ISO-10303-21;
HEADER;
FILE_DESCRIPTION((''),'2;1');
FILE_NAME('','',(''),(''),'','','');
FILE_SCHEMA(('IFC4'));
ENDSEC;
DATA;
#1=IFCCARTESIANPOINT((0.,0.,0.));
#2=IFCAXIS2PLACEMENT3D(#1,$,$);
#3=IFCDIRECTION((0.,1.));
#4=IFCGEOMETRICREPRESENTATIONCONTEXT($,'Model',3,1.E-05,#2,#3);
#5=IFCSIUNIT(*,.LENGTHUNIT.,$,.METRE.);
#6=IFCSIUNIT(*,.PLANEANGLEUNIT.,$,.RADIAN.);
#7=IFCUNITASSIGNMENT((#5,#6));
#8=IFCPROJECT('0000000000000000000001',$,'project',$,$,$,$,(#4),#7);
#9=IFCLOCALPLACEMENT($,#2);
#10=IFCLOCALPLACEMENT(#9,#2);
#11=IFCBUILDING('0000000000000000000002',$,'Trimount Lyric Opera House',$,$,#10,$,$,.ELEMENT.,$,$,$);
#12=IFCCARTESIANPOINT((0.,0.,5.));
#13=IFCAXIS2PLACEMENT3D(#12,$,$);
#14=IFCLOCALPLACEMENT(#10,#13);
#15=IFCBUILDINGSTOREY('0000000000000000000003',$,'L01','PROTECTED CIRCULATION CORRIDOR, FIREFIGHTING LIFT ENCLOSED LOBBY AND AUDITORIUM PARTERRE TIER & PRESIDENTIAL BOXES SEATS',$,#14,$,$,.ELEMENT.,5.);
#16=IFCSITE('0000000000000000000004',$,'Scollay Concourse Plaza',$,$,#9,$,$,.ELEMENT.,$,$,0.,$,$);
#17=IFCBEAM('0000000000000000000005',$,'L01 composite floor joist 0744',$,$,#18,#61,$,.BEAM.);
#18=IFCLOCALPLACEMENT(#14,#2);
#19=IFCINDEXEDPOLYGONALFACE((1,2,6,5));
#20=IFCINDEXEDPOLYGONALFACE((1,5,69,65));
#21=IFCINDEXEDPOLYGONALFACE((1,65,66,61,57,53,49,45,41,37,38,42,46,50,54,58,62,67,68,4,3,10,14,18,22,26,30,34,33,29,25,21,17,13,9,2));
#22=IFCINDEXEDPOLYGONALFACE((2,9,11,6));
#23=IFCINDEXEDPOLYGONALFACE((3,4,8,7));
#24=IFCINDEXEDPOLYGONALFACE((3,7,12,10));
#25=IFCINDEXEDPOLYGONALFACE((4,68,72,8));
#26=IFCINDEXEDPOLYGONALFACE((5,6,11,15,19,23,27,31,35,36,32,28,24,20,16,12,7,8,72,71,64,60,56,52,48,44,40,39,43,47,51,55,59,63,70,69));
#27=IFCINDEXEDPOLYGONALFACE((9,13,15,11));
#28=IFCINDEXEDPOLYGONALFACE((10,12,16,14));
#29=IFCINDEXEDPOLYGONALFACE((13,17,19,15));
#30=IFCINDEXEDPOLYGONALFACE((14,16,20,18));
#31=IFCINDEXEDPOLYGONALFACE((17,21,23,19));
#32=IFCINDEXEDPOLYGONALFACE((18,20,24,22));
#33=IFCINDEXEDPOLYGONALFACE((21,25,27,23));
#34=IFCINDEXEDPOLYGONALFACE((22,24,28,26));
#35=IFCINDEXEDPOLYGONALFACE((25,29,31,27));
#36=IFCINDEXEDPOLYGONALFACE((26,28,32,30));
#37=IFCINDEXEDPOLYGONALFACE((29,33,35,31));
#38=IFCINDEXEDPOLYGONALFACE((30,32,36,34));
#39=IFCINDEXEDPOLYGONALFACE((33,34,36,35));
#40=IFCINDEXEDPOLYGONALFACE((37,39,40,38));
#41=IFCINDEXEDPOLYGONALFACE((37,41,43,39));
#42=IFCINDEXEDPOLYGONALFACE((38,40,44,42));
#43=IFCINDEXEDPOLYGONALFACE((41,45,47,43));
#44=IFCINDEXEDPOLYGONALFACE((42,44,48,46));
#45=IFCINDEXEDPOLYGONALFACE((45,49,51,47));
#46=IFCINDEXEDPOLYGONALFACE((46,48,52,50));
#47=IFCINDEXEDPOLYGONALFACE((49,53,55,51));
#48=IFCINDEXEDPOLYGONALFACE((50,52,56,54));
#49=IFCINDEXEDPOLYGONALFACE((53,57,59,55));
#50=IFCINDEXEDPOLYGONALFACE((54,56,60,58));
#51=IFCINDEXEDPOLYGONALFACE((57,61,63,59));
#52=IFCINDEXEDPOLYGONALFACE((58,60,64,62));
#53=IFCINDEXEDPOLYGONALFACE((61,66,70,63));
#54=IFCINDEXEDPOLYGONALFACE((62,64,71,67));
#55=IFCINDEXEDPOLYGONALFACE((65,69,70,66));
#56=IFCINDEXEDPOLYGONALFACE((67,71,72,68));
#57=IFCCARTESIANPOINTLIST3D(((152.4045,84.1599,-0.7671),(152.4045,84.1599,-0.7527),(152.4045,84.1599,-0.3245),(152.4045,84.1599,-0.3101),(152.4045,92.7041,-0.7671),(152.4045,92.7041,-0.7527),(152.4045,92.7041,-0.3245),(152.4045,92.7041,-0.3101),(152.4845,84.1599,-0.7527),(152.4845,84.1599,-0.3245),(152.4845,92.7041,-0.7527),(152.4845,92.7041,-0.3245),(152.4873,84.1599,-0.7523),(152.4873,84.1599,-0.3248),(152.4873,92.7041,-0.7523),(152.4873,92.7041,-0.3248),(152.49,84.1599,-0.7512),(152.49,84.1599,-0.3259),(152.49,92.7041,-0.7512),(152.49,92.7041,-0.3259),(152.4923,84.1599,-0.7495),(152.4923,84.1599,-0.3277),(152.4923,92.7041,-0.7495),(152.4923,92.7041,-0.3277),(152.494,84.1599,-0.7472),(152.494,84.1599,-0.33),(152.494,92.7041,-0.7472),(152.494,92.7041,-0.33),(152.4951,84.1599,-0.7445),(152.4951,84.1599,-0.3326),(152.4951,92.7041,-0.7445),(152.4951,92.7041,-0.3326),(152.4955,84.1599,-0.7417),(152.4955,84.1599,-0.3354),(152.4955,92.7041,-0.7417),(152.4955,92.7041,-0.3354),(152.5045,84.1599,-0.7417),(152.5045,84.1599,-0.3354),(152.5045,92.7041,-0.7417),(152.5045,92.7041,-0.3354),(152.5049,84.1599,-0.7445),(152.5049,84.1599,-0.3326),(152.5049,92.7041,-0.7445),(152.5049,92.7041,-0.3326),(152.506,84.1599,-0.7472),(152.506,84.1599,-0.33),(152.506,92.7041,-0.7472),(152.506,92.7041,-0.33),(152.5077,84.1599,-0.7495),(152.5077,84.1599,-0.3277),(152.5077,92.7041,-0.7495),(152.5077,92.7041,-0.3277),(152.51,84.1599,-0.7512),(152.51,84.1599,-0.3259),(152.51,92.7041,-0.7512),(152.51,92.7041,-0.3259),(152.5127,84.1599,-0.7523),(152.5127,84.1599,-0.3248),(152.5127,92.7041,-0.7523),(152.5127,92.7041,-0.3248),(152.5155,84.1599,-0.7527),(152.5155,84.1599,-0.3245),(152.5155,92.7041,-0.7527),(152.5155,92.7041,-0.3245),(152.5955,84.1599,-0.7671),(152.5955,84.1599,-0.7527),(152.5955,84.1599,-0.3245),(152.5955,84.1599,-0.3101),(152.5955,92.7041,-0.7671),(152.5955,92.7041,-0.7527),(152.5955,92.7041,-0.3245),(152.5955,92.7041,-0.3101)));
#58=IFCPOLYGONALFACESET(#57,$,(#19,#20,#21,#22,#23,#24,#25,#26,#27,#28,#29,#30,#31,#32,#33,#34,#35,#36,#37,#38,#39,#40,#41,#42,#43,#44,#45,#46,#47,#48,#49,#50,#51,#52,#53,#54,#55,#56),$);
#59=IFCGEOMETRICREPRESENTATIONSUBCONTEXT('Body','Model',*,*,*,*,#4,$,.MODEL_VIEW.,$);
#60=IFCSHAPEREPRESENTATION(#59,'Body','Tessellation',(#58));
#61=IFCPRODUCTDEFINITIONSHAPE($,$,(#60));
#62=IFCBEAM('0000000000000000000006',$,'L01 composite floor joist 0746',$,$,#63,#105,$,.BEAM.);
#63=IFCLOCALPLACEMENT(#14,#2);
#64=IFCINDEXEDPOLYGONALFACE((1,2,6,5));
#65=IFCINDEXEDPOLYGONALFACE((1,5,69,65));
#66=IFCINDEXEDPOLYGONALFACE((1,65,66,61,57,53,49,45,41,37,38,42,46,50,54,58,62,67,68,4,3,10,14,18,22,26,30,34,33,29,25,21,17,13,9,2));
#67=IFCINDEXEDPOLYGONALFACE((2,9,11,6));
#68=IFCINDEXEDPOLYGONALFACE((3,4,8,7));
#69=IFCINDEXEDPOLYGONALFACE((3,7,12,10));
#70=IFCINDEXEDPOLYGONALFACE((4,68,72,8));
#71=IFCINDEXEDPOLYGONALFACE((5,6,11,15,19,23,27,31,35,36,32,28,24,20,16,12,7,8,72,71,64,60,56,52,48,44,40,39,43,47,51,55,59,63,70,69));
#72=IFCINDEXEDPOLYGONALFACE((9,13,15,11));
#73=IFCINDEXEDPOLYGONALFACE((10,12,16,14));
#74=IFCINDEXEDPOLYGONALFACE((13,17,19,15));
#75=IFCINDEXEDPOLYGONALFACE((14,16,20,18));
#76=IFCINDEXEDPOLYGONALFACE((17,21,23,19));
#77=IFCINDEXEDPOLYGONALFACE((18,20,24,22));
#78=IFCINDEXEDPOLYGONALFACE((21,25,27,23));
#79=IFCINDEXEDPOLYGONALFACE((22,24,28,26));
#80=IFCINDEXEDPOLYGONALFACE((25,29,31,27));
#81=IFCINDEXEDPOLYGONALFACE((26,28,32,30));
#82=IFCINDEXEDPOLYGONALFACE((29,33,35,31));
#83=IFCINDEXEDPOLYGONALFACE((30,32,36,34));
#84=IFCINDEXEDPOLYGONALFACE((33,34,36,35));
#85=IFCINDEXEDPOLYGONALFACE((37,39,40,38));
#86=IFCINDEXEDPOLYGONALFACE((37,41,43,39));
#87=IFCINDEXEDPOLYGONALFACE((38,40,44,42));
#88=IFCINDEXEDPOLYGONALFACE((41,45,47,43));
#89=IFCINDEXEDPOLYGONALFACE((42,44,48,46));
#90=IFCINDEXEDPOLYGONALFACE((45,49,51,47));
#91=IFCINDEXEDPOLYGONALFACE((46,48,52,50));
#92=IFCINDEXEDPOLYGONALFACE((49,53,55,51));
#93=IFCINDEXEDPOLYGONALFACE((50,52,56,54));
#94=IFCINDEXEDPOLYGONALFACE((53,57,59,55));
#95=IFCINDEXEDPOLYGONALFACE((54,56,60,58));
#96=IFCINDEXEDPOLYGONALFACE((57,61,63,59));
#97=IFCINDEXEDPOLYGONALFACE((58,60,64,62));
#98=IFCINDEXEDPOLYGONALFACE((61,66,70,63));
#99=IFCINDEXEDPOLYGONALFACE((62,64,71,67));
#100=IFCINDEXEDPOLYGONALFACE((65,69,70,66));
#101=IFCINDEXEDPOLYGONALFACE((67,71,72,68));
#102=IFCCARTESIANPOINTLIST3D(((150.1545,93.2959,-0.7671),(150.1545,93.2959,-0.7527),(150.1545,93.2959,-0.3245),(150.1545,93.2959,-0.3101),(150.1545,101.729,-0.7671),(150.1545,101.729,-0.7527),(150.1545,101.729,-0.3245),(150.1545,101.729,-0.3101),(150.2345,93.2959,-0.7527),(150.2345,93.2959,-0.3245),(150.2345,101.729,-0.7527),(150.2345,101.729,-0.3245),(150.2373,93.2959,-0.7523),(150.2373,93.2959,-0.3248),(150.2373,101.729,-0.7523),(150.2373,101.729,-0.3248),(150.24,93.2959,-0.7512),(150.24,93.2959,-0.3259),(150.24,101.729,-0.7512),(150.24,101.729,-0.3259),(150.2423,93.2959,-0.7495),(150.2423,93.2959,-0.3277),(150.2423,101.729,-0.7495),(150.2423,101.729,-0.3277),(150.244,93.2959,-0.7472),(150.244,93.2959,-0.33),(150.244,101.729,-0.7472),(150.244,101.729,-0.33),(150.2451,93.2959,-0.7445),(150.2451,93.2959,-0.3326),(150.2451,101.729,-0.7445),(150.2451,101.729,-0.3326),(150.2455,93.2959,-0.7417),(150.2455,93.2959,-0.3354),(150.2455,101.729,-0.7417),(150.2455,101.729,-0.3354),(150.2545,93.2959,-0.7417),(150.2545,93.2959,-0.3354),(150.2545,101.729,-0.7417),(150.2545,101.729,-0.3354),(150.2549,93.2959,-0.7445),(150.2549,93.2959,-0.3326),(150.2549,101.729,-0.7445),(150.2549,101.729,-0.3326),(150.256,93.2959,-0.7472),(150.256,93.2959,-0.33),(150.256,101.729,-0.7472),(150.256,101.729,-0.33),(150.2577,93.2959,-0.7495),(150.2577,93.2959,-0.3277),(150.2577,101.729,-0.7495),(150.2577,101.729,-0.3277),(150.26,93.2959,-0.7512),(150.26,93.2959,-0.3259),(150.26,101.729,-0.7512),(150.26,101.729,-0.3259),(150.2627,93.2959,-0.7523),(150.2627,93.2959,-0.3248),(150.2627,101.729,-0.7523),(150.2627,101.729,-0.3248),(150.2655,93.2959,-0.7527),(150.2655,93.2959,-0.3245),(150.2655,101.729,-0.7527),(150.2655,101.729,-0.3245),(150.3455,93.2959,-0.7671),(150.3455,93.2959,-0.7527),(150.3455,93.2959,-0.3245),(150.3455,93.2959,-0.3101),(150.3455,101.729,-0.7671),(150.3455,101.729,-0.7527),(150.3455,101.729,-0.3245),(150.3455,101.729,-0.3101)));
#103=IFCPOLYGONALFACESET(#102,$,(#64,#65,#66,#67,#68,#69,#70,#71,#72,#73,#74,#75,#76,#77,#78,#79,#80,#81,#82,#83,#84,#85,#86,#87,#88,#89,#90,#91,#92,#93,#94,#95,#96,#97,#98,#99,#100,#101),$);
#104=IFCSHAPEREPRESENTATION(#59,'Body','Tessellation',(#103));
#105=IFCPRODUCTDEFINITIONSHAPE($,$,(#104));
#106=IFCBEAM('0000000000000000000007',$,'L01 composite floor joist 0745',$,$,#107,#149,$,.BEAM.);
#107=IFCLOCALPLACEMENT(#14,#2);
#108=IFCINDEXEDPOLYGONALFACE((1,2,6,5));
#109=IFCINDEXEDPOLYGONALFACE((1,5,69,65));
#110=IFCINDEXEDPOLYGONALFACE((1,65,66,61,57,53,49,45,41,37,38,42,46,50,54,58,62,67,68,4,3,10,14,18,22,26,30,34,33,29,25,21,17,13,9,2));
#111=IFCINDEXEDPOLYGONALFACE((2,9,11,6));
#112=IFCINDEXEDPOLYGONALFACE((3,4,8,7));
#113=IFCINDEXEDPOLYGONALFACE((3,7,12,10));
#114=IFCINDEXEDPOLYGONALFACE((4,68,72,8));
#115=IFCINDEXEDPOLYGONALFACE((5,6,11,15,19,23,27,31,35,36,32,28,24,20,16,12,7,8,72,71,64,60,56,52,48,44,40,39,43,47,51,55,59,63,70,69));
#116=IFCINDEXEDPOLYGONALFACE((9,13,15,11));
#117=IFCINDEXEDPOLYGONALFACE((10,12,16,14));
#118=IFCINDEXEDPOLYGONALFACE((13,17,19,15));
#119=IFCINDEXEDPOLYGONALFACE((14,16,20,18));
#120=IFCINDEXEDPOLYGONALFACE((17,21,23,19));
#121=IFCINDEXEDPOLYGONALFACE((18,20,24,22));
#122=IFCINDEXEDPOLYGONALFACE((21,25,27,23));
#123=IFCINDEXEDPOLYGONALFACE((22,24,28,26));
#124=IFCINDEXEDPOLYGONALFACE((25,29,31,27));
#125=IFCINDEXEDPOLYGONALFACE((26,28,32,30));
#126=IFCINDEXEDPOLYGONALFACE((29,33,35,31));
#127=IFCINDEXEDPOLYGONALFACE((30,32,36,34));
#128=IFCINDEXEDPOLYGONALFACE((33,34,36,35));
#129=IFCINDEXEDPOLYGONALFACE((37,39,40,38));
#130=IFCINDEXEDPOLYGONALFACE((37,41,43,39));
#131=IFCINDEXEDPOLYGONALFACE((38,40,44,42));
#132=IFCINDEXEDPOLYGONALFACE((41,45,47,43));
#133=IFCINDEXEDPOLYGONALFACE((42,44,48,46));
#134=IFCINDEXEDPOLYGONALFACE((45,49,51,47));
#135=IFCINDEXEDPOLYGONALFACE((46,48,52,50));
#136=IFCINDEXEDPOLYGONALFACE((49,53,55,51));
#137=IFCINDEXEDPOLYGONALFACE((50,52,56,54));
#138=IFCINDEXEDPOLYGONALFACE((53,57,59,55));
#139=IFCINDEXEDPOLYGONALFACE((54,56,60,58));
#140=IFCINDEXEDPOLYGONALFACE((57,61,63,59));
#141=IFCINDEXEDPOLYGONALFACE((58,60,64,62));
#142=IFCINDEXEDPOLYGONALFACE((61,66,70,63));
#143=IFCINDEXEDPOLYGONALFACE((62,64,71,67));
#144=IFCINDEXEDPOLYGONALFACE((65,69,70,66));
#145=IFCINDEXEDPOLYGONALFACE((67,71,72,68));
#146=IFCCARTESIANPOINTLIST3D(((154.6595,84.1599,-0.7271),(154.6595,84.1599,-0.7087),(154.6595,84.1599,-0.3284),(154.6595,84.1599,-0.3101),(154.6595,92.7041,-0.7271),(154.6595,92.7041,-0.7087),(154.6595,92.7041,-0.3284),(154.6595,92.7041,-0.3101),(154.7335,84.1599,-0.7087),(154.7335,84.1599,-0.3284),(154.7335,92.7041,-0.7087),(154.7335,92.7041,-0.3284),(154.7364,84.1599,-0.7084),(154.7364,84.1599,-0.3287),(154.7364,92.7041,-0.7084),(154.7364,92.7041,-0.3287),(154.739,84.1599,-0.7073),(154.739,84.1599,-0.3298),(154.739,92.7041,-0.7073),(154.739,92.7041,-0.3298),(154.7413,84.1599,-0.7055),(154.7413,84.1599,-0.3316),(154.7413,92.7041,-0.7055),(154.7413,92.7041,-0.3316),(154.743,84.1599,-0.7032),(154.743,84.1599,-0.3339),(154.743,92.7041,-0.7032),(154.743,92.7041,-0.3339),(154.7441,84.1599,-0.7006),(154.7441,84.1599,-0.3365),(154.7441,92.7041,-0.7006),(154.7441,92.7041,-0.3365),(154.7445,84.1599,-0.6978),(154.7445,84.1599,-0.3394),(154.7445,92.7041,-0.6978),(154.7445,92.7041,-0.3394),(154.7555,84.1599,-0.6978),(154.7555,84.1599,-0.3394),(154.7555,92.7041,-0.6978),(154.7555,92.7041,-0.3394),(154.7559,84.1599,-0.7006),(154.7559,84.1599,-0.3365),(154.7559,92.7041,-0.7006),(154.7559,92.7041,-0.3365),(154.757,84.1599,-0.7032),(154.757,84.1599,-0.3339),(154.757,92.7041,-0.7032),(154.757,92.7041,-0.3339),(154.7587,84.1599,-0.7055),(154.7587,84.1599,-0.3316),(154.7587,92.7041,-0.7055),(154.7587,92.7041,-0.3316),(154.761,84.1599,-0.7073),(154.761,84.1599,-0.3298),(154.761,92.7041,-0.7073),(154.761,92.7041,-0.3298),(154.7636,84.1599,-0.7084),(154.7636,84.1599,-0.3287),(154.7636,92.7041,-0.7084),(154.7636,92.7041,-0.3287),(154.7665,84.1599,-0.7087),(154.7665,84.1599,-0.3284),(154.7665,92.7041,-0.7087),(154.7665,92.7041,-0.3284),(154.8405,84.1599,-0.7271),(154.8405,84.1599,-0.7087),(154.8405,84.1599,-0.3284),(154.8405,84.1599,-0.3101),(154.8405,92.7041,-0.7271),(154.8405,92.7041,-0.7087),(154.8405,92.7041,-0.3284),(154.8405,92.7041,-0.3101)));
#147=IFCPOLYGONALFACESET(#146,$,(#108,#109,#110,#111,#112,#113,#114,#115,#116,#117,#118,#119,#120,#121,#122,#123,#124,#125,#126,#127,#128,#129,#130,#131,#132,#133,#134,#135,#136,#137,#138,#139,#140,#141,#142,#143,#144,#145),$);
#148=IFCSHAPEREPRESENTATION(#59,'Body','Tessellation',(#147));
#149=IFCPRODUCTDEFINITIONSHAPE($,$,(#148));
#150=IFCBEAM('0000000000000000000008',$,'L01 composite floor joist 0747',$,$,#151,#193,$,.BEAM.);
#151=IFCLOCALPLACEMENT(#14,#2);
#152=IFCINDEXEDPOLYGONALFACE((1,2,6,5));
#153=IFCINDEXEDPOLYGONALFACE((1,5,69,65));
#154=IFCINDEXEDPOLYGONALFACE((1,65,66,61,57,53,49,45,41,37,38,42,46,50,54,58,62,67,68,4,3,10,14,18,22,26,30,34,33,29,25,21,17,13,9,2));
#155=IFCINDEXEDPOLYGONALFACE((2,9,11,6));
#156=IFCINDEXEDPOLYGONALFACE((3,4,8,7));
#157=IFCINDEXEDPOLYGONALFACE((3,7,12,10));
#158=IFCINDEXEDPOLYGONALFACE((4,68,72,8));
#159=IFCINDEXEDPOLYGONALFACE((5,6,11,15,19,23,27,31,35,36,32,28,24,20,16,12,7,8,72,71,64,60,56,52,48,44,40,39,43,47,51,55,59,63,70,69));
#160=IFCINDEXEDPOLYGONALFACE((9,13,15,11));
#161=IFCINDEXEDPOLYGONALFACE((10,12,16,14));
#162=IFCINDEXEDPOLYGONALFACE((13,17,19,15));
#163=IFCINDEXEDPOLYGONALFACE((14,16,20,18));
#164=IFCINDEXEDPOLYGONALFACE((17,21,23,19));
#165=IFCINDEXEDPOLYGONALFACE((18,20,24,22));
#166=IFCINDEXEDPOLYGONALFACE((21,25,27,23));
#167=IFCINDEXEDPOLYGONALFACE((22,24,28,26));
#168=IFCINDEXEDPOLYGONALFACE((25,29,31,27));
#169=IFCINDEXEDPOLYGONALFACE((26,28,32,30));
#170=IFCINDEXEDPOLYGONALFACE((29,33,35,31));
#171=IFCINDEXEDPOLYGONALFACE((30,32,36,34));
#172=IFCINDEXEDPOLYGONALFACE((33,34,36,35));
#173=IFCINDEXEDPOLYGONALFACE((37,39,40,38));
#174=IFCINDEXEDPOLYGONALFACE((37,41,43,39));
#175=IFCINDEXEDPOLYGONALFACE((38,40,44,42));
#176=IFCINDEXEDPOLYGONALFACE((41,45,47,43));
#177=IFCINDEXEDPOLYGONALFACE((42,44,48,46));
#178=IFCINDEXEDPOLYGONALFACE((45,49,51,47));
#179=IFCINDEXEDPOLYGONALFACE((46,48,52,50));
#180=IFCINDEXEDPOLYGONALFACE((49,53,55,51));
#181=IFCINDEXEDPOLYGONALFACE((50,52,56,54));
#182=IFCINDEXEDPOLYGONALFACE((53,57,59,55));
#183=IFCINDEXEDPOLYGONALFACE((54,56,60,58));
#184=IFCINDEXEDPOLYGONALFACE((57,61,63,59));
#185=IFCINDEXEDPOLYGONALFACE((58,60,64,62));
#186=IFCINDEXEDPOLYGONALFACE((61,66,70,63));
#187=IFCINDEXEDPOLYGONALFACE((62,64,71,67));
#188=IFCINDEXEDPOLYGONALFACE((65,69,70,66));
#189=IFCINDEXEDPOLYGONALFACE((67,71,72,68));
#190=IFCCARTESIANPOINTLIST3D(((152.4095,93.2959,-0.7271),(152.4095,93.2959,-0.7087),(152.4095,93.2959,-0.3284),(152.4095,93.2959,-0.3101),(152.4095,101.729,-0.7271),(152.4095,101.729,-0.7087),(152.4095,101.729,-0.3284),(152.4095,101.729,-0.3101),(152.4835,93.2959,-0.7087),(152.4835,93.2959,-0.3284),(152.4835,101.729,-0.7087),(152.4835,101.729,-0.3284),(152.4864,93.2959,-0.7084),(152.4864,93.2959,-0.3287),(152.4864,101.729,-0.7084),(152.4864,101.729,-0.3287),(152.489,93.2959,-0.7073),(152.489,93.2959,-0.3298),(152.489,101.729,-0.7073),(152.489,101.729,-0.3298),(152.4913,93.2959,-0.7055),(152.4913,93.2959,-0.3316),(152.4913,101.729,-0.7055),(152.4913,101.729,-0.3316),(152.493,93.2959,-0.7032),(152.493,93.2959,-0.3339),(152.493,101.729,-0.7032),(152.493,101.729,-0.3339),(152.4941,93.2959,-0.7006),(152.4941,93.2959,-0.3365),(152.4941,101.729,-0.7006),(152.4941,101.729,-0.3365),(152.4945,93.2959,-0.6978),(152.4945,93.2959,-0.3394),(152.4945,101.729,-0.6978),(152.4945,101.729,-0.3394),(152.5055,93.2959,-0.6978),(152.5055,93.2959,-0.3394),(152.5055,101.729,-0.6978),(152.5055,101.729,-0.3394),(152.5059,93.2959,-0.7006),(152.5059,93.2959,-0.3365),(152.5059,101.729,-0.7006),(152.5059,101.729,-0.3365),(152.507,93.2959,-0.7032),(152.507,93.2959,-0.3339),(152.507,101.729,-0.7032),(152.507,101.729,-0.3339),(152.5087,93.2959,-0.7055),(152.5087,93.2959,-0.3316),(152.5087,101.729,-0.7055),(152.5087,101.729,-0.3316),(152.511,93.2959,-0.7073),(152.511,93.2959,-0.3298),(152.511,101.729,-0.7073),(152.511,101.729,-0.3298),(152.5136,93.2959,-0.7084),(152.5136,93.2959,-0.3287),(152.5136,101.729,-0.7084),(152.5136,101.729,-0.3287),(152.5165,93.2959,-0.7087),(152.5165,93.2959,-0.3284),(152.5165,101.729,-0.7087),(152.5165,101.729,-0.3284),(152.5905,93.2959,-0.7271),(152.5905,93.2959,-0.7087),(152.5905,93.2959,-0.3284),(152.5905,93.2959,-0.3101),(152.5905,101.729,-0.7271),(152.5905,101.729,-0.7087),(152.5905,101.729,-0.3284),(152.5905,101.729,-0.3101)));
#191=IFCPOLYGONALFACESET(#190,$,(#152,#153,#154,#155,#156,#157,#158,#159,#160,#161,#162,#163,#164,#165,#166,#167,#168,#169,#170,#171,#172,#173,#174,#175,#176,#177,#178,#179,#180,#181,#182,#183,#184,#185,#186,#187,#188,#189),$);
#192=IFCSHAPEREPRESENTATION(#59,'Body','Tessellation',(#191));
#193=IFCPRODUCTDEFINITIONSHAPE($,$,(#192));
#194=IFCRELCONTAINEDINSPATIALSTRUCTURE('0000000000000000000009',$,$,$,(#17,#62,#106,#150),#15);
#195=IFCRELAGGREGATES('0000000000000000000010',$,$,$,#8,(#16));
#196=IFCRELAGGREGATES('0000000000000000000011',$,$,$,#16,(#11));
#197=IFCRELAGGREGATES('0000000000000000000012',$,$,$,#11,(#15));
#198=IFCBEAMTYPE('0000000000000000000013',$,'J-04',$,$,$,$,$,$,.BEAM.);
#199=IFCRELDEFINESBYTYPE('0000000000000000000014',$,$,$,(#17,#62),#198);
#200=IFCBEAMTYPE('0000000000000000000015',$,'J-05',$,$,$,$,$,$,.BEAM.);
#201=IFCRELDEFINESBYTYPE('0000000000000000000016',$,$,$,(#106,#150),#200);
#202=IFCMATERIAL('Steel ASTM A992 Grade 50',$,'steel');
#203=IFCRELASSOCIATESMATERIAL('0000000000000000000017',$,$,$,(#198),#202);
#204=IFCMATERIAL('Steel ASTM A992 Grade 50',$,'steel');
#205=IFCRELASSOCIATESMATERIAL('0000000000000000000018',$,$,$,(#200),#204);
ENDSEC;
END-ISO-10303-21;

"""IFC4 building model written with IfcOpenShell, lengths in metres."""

from ifc_helpers import new_model, si_unit, direction, frame, origin, origin_2d, place, context, subcontext, project, spatial, i_section, extrude, material, material_profile, profile_set, type_object, element, save


model = new_model("IFC4")

# Units and contexts
model_context = context("Model", 3, precision=1e-05, world=origin(), true_north=direction((0.0, 1.0)))
body_context = subcontext(model_context, "Body", "Model", "MODEL_VIEW")
ifc_project = project(units=[si_unit("LENGTHUNIT", "METRE"), si_unit("PLANEANGLEUNIT", "RADIAN")], contexts=[model_context])

# Site, building, storey
site_placement = place(None, origin())
site = spatial("IfcSite", under=ifc_project, at=site_placement, Name="Scollay Concourse Plaza", CompositionType="ELEMENT", RefElevation=0.0)
building_placement = place(site_placement, origin())
building = spatial("IfcBuilding", under=site, at=building_placement, Name="Trimount Lyric Opera House", CompositionType="ELEMENT")
storey_placement = place(building_placement, frame((0.0, 0.0, 5.0)))
storey = spatial("IfcBuildingStorey", under=building, at=storey_placement, Name="L01", Description="PROTECTED CIRCULATION CORRIDOR, FIREFIGHTING LIFT ENCLOSED LOBBY AND AUDITORIUM PARTERRE TIER & PRESIDENTIAL BOXES SEATS", CompositionType="ELEMENT", Elevation=5.0)

# Beams
ifc_material_1 = material(Name="Steel ASTM A992 Grade 50", Category="steel")
ifc_material_profile_1 = material_profile(ifc_material_1, i_section(OverallWidth=0.1909, OverallDepth=0.457, WebThickness=0.009, FlangeThickness=0.0144, FilletRadius=0.011, at=origin_2d()), Name="W18X50")
ifc_profile_set_1 = profile_set([ifc_material_profile_1], Name="Steel ASTM A992 Grade 50")
beam_type_1 = type_object("IfcBeamType", Name="J-04", PredefinedType="BEAM", material=ifc_profile_set_1)
beam_1_placement = place(storey_placement, frame((152.5, 84.1599, -0.5386), z_axis=(0.0, 1.0, 0.0), x_axis=(-1.0, 0.0, 0.0)))
element("IfcBeam", 1, at=beam_1_placement, inside=storey, type_object=beam_type_1, Name="L01 composite floor joist 0744", PredefinedType="BEAM", context=body_context, shape_type="SweptSolid", body=[
    extrude(i_section(OverallWidth=0.1909, OverallDepth=0.457, WebThickness=0.009, FlangeThickness=0.0144, FilletRadius=0.011, at=origin_2d()), origin(), (0.0, 0.0, 1.0), 8.5442),
])
beam_2_placement = place(storey_placement, frame((150.25, 93.2959, -0.5386), z_axis=(0.0, 1.0, 0.0), x_axis=(-1.0, 0.0, 0.0)))
element("IfcBeam", 2, at=beam_2_placement, inside=storey, type_object=beam_type_1, Name="L01 composite floor joist 0746", PredefinedType="BEAM", context=body_context, shape_type="SweptSolid", body=[
    extrude(i_section(OverallWidth=0.1909, OverallDepth=0.457, WebThickness=0.009, FlangeThickness=0.0144, FilletRadius=0.011, at=origin_2d()), origin(), (0.0, 0.0, 1.0), 8.4331),
])
ifc_material_2 = material(Name="Steel ASTM A992 Grade 50", Category="steel")
ifc_material_profile_2 = material_profile(ifc_material_2, i_section(OverallWidth=0.1809, OverallDepth=0.417, WebThickness=0.011, FlangeThickness=0.0183, FilletRadius=0.011, at=origin_2d()), Name="W16X57")
ifc_profile_set_2 = profile_set([ifc_material_profile_2], Name="Steel ASTM A992 Grade 50")
beam_type_2 = type_object("IfcBeamType", Name="J-05", PredefinedType="BEAM", material=ifc_profile_set_2)
beam_3_placement = place(storey_placement, frame((154.75, 84.1599, -0.5186), z_axis=(0.0, 1.0, 0.0), x_axis=(-1.0, 0.0, 0.0)))
element("IfcBeam", 3, at=beam_3_placement, inside=storey, type_object=beam_type_2, Name="L01 composite floor joist 0745", PredefinedType="BEAM", context=body_context, shape_type="SweptSolid", body=[
    extrude(i_section(OverallWidth=0.1809, OverallDepth=0.417, WebThickness=0.011, FlangeThickness=0.0183, FilletRadius=0.011, at=origin_2d()), origin(), (0.0, 0.0, 1.0), 8.5442),
])
beam_4_placement = place(storey_placement, frame((152.5, 93.2959, -0.5186), z_axis=(0.0, 1.0, 0.0), x_axis=(-1.0, 0.0, 0.0)))
element("IfcBeam", 4, at=beam_4_placement, inside=storey, type_object=beam_type_2, Name="L01 composite floor joist 0747", PredefinedType="BEAM", context=body_context, shape_type="SweptSolid", body=[
    extrude(i_section(OverallWidth=0.1809, OverallDepth=0.417, WebThickness=0.011, FlangeThickness=0.0183, FilletRadius=0.011, at=origin_2d()), origin(), (0.0, 0.0, 1.0), 8.4331),
])

save(model, "model.ifc")
